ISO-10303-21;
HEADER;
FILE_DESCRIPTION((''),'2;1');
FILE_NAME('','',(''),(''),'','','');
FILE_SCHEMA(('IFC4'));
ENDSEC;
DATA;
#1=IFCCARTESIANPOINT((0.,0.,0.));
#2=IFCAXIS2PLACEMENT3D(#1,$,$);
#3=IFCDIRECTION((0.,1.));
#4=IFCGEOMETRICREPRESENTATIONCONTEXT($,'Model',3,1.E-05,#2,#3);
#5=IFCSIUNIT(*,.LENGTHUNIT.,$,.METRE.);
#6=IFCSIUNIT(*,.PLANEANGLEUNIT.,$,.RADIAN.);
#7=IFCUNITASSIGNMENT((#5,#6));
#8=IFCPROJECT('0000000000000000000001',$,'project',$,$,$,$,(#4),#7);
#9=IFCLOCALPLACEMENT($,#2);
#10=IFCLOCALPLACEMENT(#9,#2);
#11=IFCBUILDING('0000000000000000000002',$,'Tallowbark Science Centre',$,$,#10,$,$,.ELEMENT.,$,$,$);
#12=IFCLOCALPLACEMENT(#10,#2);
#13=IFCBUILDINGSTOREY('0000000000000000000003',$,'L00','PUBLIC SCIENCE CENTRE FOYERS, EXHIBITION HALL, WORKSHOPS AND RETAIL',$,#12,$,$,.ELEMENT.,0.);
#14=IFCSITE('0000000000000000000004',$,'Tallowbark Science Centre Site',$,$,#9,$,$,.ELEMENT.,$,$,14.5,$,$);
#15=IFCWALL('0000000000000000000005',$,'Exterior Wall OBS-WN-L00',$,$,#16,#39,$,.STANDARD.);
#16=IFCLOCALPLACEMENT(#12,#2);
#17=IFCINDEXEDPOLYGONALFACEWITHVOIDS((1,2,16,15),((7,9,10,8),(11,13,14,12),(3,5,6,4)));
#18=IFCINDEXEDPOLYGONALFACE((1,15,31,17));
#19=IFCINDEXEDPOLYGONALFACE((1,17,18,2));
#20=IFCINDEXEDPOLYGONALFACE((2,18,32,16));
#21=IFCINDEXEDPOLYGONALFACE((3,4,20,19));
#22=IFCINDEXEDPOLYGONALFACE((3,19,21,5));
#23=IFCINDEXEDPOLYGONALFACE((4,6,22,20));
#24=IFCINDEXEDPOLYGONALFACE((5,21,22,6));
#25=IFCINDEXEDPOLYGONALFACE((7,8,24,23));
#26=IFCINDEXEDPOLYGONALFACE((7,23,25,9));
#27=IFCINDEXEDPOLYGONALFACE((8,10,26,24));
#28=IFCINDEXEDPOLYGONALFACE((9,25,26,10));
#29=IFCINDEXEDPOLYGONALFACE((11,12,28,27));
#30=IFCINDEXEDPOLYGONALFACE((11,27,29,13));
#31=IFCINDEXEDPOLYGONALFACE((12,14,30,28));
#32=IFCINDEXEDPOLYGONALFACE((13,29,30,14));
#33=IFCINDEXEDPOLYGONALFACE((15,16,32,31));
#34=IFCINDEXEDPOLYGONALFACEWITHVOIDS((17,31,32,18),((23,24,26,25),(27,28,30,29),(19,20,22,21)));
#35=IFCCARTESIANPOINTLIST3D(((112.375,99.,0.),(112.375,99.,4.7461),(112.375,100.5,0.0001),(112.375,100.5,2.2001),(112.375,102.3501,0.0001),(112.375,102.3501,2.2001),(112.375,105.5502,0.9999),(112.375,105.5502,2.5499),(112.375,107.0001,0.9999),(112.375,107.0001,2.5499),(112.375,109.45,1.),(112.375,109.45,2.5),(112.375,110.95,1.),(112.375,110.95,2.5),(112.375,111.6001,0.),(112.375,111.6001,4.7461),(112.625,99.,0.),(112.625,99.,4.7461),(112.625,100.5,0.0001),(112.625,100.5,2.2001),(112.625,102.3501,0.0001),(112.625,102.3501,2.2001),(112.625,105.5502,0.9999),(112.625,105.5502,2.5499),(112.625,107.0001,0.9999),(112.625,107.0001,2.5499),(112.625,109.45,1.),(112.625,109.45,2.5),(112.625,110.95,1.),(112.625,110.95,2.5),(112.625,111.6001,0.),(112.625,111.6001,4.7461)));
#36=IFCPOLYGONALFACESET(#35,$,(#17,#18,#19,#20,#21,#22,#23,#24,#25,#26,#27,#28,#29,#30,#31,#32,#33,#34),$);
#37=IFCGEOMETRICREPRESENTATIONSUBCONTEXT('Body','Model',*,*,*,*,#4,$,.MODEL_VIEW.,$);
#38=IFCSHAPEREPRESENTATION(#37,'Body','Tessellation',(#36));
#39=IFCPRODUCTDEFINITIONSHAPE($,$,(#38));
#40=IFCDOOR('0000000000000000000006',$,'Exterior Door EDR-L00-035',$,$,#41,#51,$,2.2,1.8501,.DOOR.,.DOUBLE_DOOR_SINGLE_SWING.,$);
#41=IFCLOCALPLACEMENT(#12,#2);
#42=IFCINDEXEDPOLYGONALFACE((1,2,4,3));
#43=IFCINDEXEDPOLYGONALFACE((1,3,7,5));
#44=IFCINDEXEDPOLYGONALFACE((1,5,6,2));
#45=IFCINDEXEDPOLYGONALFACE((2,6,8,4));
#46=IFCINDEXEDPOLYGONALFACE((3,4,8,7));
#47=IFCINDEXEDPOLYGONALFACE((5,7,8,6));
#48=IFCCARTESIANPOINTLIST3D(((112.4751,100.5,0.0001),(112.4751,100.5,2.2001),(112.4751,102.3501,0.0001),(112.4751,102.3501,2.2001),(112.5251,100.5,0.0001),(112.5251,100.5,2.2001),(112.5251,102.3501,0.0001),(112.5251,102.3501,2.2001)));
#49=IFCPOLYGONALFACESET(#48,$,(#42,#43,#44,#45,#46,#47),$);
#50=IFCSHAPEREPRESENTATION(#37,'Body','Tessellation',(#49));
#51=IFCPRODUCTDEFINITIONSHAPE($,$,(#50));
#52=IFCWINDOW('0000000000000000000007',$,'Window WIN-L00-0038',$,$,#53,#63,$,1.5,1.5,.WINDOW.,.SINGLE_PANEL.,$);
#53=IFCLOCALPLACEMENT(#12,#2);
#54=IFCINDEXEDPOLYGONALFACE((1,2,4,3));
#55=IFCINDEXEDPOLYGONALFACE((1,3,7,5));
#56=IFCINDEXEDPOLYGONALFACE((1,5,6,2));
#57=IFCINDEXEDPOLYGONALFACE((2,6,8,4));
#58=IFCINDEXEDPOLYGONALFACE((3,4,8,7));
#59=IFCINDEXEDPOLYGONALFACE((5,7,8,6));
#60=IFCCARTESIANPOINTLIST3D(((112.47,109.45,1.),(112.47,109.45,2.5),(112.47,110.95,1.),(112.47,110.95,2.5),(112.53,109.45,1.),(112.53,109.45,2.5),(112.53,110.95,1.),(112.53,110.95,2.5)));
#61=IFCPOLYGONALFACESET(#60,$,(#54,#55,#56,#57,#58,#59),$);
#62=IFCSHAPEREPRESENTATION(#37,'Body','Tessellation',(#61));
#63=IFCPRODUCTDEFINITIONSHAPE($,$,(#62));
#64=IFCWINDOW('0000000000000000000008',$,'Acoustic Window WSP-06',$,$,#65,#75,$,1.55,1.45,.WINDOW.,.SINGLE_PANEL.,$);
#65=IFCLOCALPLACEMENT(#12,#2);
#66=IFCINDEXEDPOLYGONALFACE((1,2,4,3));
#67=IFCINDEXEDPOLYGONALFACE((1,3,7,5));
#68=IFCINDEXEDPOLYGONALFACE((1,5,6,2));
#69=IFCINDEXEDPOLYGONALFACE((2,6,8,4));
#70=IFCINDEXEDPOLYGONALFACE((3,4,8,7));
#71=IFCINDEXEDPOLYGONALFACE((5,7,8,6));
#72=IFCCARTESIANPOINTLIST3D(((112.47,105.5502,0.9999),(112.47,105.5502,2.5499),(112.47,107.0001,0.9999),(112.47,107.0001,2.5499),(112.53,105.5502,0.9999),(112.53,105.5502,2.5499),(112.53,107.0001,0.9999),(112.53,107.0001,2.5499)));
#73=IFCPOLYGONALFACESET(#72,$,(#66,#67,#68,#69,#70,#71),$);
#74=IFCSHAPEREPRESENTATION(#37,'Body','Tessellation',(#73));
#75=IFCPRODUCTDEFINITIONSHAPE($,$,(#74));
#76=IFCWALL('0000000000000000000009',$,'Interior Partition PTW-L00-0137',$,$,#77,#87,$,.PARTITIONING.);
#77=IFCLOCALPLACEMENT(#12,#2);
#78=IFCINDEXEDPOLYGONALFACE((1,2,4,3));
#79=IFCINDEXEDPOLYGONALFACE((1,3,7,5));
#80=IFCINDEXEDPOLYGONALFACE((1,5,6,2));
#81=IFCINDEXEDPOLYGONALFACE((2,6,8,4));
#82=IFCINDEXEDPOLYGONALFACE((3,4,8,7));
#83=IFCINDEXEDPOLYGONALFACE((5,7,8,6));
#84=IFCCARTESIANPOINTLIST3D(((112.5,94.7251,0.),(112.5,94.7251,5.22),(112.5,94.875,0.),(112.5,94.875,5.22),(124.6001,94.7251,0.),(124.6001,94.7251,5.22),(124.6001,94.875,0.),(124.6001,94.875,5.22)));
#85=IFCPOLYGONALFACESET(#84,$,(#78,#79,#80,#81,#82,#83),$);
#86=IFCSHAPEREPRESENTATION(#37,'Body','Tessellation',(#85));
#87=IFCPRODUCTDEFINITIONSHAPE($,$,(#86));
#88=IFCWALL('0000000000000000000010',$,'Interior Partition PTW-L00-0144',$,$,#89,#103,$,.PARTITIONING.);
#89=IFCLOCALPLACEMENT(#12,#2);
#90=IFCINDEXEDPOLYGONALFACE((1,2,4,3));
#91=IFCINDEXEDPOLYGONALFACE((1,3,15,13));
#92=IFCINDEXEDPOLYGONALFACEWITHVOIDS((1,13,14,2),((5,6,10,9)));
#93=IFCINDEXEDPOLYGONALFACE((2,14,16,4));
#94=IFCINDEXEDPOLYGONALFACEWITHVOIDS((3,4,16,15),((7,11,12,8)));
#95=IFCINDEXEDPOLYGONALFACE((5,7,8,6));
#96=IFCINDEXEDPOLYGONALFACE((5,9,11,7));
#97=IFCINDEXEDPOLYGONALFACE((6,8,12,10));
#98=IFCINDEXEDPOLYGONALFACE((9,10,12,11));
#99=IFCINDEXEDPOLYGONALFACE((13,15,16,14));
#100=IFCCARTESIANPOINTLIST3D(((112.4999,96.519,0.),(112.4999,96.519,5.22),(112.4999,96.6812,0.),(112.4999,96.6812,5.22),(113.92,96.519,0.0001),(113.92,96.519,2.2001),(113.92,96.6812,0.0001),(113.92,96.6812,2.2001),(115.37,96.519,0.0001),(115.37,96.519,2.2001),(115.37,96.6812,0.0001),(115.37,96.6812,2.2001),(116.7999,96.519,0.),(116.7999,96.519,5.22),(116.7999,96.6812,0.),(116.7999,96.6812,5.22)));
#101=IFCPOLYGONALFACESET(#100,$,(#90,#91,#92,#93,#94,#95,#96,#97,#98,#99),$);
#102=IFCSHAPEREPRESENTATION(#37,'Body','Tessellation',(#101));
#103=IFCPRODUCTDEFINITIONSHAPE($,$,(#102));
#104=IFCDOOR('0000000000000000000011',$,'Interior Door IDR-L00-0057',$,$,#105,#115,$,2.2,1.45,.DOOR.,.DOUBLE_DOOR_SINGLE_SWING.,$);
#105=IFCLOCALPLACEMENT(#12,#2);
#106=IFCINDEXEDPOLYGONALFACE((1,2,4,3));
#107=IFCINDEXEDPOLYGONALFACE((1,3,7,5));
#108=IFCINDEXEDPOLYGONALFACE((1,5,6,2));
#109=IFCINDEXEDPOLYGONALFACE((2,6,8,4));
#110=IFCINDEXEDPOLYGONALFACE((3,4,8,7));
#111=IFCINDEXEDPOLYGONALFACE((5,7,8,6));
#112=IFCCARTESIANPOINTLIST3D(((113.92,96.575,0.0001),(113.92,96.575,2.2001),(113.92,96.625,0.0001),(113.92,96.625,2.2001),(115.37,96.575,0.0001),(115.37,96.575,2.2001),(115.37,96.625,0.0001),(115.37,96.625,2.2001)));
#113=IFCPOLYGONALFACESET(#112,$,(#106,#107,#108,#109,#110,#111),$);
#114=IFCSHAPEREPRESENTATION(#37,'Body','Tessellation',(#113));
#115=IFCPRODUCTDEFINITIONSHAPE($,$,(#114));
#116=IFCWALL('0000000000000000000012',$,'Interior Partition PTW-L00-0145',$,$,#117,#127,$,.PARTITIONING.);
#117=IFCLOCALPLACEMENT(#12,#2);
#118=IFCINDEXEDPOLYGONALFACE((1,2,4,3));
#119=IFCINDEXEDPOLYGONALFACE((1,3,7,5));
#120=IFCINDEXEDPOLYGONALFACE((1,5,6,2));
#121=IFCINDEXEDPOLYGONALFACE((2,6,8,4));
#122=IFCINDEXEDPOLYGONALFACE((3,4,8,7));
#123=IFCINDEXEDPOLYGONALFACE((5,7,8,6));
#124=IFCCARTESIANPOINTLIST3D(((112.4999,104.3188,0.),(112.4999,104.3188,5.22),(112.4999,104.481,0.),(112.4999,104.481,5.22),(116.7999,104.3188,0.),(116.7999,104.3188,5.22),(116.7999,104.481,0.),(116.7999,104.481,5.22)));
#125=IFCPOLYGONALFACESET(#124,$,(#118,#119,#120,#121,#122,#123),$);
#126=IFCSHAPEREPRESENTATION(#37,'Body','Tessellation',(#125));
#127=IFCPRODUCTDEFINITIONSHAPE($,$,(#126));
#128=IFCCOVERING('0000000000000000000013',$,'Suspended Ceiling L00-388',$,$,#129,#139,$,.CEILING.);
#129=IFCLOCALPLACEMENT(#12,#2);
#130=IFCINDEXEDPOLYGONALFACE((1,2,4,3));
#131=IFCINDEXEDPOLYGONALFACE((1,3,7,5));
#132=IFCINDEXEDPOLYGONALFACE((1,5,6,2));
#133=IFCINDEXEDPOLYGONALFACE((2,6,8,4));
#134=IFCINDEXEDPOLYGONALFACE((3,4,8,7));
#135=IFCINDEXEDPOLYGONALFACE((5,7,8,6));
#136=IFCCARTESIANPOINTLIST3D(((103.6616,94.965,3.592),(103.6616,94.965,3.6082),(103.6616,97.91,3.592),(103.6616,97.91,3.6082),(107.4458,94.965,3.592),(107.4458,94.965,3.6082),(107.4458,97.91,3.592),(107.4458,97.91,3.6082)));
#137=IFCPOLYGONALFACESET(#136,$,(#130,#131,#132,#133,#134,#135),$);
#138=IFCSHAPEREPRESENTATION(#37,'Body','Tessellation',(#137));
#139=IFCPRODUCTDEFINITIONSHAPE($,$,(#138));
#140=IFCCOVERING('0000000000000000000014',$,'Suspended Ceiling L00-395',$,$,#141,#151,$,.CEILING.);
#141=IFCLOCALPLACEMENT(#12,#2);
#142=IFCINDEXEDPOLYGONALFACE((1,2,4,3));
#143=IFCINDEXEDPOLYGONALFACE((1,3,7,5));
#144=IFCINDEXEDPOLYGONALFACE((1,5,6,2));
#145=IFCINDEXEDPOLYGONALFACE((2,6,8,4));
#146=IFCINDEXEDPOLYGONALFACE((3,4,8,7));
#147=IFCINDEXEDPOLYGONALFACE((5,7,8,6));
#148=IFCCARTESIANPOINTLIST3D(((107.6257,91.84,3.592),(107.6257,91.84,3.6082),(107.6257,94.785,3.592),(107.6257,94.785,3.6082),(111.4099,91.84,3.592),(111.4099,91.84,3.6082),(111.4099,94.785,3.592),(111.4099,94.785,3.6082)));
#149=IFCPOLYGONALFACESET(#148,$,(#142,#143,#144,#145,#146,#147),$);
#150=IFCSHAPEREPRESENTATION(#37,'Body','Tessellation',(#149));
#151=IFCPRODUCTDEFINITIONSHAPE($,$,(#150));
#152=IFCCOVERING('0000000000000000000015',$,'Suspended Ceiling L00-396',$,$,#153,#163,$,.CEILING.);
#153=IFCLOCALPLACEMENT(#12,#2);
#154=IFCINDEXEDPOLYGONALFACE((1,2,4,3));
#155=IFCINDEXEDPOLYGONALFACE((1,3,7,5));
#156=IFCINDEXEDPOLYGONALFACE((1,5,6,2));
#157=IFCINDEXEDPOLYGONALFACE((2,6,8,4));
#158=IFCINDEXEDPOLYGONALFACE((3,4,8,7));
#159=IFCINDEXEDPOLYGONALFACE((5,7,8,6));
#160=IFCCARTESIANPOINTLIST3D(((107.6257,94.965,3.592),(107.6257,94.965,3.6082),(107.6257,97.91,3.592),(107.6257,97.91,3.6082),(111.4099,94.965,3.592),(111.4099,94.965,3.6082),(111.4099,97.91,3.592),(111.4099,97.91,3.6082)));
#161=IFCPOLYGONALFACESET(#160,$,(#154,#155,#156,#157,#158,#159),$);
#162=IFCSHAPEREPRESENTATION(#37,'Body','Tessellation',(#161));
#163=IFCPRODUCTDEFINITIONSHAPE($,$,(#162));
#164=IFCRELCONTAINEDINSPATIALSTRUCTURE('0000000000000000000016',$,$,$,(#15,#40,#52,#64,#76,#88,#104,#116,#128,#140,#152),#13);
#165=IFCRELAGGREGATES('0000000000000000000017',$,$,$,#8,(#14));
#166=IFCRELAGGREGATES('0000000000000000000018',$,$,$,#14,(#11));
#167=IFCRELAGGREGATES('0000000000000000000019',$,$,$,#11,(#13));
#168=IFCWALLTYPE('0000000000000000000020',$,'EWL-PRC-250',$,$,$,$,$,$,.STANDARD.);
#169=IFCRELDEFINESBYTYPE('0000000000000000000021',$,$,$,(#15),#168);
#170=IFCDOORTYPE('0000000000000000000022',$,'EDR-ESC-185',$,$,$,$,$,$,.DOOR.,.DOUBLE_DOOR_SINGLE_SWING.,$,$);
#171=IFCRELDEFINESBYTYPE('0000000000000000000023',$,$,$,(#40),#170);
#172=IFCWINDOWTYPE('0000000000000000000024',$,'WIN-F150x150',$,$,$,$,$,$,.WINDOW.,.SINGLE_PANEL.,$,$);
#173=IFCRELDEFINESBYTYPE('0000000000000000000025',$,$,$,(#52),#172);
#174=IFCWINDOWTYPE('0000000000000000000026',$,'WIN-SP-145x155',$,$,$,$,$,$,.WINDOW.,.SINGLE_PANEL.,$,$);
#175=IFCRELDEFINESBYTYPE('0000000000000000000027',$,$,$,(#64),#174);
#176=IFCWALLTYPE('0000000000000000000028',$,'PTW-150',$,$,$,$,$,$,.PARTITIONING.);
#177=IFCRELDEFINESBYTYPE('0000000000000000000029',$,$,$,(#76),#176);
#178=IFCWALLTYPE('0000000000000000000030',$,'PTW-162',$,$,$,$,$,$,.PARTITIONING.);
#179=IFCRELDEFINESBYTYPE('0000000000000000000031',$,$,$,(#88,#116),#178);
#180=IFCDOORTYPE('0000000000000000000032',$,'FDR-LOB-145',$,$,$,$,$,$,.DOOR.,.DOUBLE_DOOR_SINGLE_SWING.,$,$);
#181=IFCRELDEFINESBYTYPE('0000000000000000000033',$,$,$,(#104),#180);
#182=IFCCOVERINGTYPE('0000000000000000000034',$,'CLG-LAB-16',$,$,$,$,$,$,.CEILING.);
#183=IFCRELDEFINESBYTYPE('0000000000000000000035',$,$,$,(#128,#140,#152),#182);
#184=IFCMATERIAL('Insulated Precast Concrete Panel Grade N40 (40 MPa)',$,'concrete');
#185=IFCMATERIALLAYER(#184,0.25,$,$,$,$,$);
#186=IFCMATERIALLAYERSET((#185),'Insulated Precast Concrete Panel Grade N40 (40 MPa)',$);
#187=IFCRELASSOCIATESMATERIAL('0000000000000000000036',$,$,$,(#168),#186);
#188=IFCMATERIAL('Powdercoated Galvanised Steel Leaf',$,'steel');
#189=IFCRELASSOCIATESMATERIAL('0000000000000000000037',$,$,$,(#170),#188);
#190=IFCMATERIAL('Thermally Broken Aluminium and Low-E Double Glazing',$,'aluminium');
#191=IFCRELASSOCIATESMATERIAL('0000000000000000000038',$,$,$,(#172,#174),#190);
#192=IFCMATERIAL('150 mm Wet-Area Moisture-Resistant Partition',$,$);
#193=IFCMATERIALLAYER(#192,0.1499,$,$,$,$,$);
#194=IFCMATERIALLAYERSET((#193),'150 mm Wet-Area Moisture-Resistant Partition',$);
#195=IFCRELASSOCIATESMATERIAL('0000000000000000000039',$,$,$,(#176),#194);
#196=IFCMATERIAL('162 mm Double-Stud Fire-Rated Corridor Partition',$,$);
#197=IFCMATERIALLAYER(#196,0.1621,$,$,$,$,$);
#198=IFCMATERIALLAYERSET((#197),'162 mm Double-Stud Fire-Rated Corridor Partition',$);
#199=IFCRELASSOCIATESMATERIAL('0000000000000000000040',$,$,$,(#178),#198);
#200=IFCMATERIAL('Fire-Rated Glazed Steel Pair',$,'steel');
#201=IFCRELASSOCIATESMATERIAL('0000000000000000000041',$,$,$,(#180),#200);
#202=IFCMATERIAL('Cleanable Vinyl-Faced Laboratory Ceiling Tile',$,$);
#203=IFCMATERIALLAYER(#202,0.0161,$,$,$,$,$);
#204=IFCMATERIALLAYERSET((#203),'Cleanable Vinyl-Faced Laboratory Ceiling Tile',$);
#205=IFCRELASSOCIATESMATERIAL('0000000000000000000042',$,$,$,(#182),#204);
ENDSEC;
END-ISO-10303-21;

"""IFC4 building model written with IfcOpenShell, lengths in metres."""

from ifc_helpers import new_model, si_unit, direction, frame, frame_2d, origin, origin_2d, place, context, subcontext, project, spatial, rectangle, extrude, material, layer, layer_set, type_object, element, fill, save


model = new_model("IFC4")

# Units and contexts
model_context = context("Model", 3, precision=1e-05, world=origin(), true_north=direction((0.0, 1.0)))
body_context = subcontext(model_context, "Body", "Model", "MODEL_VIEW")
ifc_project = project(units=[si_unit("LENGTHUNIT", "METRE"), si_unit("PLANEANGLEUNIT", "RADIAN")], contexts=[model_context])

# Site, building, storey
site_placement = place(None, origin())
site = spatial("IfcSite", under=ifc_project, at=site_placement, Name="Tallowbark Science Centre Site", CompositionType="ELEMENT", RefElevation=14.5)
building_placement = place(site_placement, origin())
building = spatial("IfcBuilding", under=site, at=building_placement, Name="Tallowbark Science Centre", CompositionType="ELEMENT")
storey_placement = place(building_placement, origin())
storey = spatial("IfcBuildingStorey", under=building, at=storey_placement, Name="L00", Description="PUBLIC SCIENCE CENTRE FOYERS, EXHIBITION HALL, WORKSHOPS AND RETAIL", CompositionType="ELEMENT", Elevation=0.0)

# Shared definitions
ifc_material_1 = material(Name="Insulated Precast Concrete Panel Grade N40 (40 MPa)", Category="concrete")
ifc_layer_1 = layer(ifc_material_1, 0.25)
ifc_layer_set_1 = layer_set([ifc_layer_1], Name="Insulated Precast Concrete Panel Grade N40 (40 MPa)")
wall_type_1 = type_object("IfcWallType", Name="EWL-PRC-250", PredefinedType="STANDARD", material=ifc_layer_set_1)
ifc_material_2 = material(Name="Thermally Broken Aluminium and Low-E Double Glazing", Category="aluminium")

# Wall, openings, door, windows
wall_1_placement = place(storey_placement, frame((112.5, 99.0, 0.0), z_axis=(0.0, 0.0, 1.0), x_axis=(0.0, 1.0, 0.0)))
wall_1 = element("IfcWall", 1, at=wall_1_placement, inside=storey, type_object=wall_type_1, Name="Exterior Wall OBS-WN-L00", PredefinedType="STANDARD", context=body_context, shape_type="SweptSolid", body=[
    extrude(rectangle(XDim=12.6001, YDim=0.25, at=frame_2d((6.3, 0.0))), origin(), (0.0, 0.0, 1.0), 4.7461),
])
opening_1_placement = place(wall_1_placement, frame((10.45, 0.0, 1.0)))
opening_1 = element("IfcOpeningElement", 2, at=opening_1_placement, cuts=wall_1, PredefinedType="OPENING", context=body_context, shape_type="SweptSolid", body=[
    extrude(rectangle(XDim=1.5, YDim=1.5, at=frame_2d((0.75, 0.75))), frame((0.0, 0.135, 0.0), z_axis=(0.0, -1.0, 0.0), x_axis=(1.0, 0.0, 0.0)), (0.0, 0.0, 1.0), 0.27),
])
opening_2_placement = place(wall_1_placement, frame((1.5, 0.0, 0.0)))
opening_2 = element("IfcOpeningElement", 3, at=opening_2_placement, cuts=wall_1, PredefinedType="OPENING", context=body_context, shape_type="SweptSolid", body=[
    extrude(rectangle(XDim=1.8501, YDim=2.2, at=frame_2d((0.925, 1.1001))), frame((0.0, 0.135, 0.0), z_axis=(0.0, -1.0, 0.0), x_axis=(1.0, 0.0, 0.0)), (0.0, 0.0, 1.0), 0.27),
])
opening_3_placement = place(wall_1_placement, frame((6.55, 0.0, 1.0)))
opening_3 = element("IfcOpeningElement", 4, at=opening_3_placement, cuts=wall_1, PredefinedType="OPENING", context=body_context, shape_type="SweptSolid", body=[
    extrude(rectangle(XDim=1.45, YDim=1.55, at=frame_2d((0.7251, 0.7749))), frame((0.0, 0.135, 0.0), z_axis=(0.0, -1.0, 0.0), x_axis=(1.0, 0.0, 0.0)), (0.0, 0.0, 1.0), 0.27),
])
ifc_material_3 = material(Name="Powdercoated Galvanised Steel Leaf", Category="steel")
door_type_1 = type_object("IfcDoorType", Name="EDR-ESC-185", OperationType="DOUBLE_DOOR_SINGLE_SWING", PredefinedType="DOOR", material=ifc_material_3)
door_1_placement = place(opening_2_placement, origin())
door_1 = element("IfcDoor", 5, at=door_1_placement, inside=storey, type_object=door_type_1, Name="Exterior Door EDR-L00-035", OperationType="DOUBLE_DOOR_SINGLE_SWING", OverallHeight=2.2, OverallWidth=1.8501, PredefinedType="DOOR", context=body_context, shape_type="SweptSolid", body=[
    extrude(rectangle(XDim=1.8501, YDim=2.2, at=frame_2d((0.925, 1.1001))), frame((0.0, 0.0249, 0.0), z_axis=(0.0, -1.0, 0.0), x_axis=(1.0, 0.0, 0.0)), (0.0, 0.0, 1.0), 0.05),
])
fill(opening_2, door_1)
window_type_1 = type_object("IfcWindowType", Name="WIN-F150x150", PartitioningType="SINGLE_PANEL", PredefinedType="WINDOW", material=ifc_material_2)
window_1_placement = place(opening_1_placement, origin())
window_1 = element("IfcWindow", 6, at=window_1_placement, inside=storey, type_object=window_type_1, Name="Window WIN-L00-0038", OverallHeight=1.5, OverallWidth=1.5, PartitioningType="SINGLE_PANEL", PredefinedType="WINDOW", context=body_context, shape_type="SweptSolid", body=[
    extrude(rectangle(XDim=1.5, YDim=1.5, at=frame_2d((0.75, 0.75))), frame((0.0, 0.03, 0.0), z_axis=(0.0, -1.0, 0.0), x_axis=(1.0, 0.0, 0.0)), (0.0, 0.0, 1.0), 0.0601),
])
fill(opening_1, window_1)
window_type_2 = type_object("IfcWindowType", Name="WIN-SP-145x155", PartitioningType="SINGLE_PANEL", PredefinedType="WINDOW", material=ifc_material_2)
window_2_placement = place(opening_3_placement, origin())
window_2 = element("IfcWindow", 7, at=window_2_placement, inside=storey, type_object=window_type_2, Name="Acoustic Window WSP-06", OverallHeight=1.55, OverallWidth=1.45, PartitioningType="SINGLE_PANEL", PredefinedType="WINDOW", context=body_context, shape_type="SweptSolid", body=[
    extrude(rectangle(XDim=1.45, YDim=1.55, at=frame_2d((0.7251, 0.7749))), frame((0.0, 0.03, 0.0), z_axis=(0.0, -1.0, 0.0), x_axis=(1.0, 0.0, 0.0)), (0.0, 0.0, 1.0), 0.0601),
])
fill(opening_3, window_2)

# Wall
ifc_material_4 = material(Name="150 mm Wet-Area Moisture-Resistant Partition")
ifc_layer_2 = layer(ifc_material_4, 0.1499)
ifc_layer_set_2 = layer_set([ifc_layer_2], Name="150 mm Wet-Area Moisture-Resistant Partition")
wall_type_2 = type_object("IfcWallType", Name="PTW-150", PredefinedType="PARTITIONING", material=ifc_layer_set_2)
wall_2_placement = place(storey_placement, frame((112.5, 94.8, 0.0), z_axis=(0.0, 0.0, 1.0), x_axis=(1.0, 0.0, 0.0)))
element("IfcWall", 8, at=wall_2_placement, inside=storey, type_object=wall_type_2, Name="Interior Partition PTW-L00-0137", PredefinedType="PARTITIONING", context=body_context, shape_type="SweptSolid", body=[
    extrude(rectangle(XDim=12.1001, YDim=0.1499, at=frame_2d((6.05, 0.0))), origin(), (0.0, 0.0, 1.0), 5.22),
])

# Wall, opening, door
ifc_material_5 = material(Name="162 mm Double-Stud Fire-Rated Corridor Partition")
ifc_layer_3 = layer(ifc_material_5, 0.1621)
ifc_layer_set_3 = layer_set([ifc_layer_3], Name="162 mm Double-Stud Fire-Rated Corridor Partition")
wall_type_3 = type_object("IfcWallType", Name="PTW-162", PredefinedType="PARTITIONING", material=ifc_layer_set_3)
wall_3_placement = place(storey_placement, frame((112.5, 96.6001, 0.0), z_axis=(0.0, 0.0, 1.0), x_axis=(1.0, 0.0, 0.0)))
wall_3 = element("IfcWall", 9, at=wall_3_placement, inside=storey, type_object=wall_type_3, Name="Interior Partition PTW-L00-0144", PredefinedType="PARTITIONING", context=body_context, shape_type="SweptSolid", body=[
    extrude(rectangle(XDim=4.3, YDim=0.1621, at=frame_2d((2.1499, 0.0))), origin(), (0.0, 0.0, 1.0), 5.22),
])
opening_4_placement = place(wall_3_placement, frame((1.4199, 0.0, 0.0)))
opening_4 = element("IfcOpeningElement", 10, at=opening_4_placement, cuts=wall_3, PredefinedType="OPENING", context=body_context, shape_type="SweptSolid", body=[
    extrude(rectangle(XDim=1.45, YDim=2.2, at=frame_2d((0.7251, 1.1001))), frame((0.0, 0.0911, 0.0), z_axis=(0.0, -1.0, 0.0), x_axis=(1.0, 0.0, 0.0)), (0.0, 0.0, 1.0), 0.1821),
])
ifc_material_6 = material(Name="Fire-Rated Glazed Steel Pair", Category="steel")
door_type_2 = type_object("IfcDoorType", Name="FDR-LOB-145", OperationType="DOUBLE_DOOR_SINGLE_SWING", PredefinedType="DOOR", material=ifc_material_6)
door_2_placement = place(opening_4_placement, origin())
door_2 = element("IfcDoor", 11, at=door_2_placement, inside=storey, type_object=door_type_2, Name="Interior Door IDR-L00-0057", OperationType="DOUBLE_DOOR_SINGLE_SWING", OverallHeight=2.2, OverallWidth=1.45, PredefinedType="DOOR", context=body_context, shape_type="SweptSolid", body=[
    extrude(rectangle(XDim=1.45, YDim=2.2, at=frame_2d((0.7251, 1.1001))), frame((0.0, 0.0249, 0.0), z_axis=(0.0, -1.0, 0.0), x_axis=(1.0, 0.0, 0.0)), (0.0, 0.0, 1.0), 0.05),
])
fill(opening_4, door_2)

# Wall
wall_4_placement = place(storey_placement, frame((112.5, 104.3999, 0.0), z_axis=(0.0, 0.0, 1.0), x_axis=(1.0, 0.0, 0.0)))
element("IfcWall", 12, at=wall_4_placement, inside=storey, type_object=wall_type_3, Name="Interior Partition PTW-L00-0145", PredefinedType="PARTITIONING", context=body_context, shape_type="SweptSolid", body=[
    extrude(rectangle(XDim=4.3, YDim=0.1621, at=frame_2d((2.1499, 0.0))), origin(), (0.0, 0.0, 1.0), 5.22),
])

# Coverings
ifc_material_7 = material(Name="Cleanable Vinyl-Faced Laboratory Ceiling Tile")
ifc_layer_4 = layer(ifc_material_7, 0.0161)
ifc_layer_set_4 = layer_set([ifc_layer_4], Name="Cleanable Vinyl-Faced Laboratory Ceiling Tile")
covering_type_1 = type_object("IfcCoveringType", Name="CLG-LAB-16", PredefinedType="CEILING", material=ifc_layer_set_4)
for number, where, z_axis, x_axis, name in (
    (13, (105.5537, 96.4375, 3.592), (0.0, 0.0, 1.0), (1.0, 0.0, 0.0), "Suspended Ceiling L00-388"),
    (14, (109.5178, 93.3125, 3.592), (0.0, 0.0, 1.0), (1.0, 0.0, 0.0), "Suspended Ceiling L00-395"),
    (15, (109.5178, 96.4375, 3.592), (0.0, 0.0, 1.0), (1.0, 0.0, 0.0), "Suspended Ceiling L00-396"),
):
    element("IfcCovering", number, at=place(storey_placement, frame(where, z_axis=z_axis, x_axis=x_axis)), inside=storey, type_object=covering_type_1, Name=name, PredefinedType="CEILING", context=body_context, shape_type="SweptSolid", body=[
        extrude(rectangle(XDim=3.7842, YDim=2.9451, at=origin_2d()), origin(), (0.0, 0.0, 1.0), 0.0161),
    ])

save(model, "model.ifc")
